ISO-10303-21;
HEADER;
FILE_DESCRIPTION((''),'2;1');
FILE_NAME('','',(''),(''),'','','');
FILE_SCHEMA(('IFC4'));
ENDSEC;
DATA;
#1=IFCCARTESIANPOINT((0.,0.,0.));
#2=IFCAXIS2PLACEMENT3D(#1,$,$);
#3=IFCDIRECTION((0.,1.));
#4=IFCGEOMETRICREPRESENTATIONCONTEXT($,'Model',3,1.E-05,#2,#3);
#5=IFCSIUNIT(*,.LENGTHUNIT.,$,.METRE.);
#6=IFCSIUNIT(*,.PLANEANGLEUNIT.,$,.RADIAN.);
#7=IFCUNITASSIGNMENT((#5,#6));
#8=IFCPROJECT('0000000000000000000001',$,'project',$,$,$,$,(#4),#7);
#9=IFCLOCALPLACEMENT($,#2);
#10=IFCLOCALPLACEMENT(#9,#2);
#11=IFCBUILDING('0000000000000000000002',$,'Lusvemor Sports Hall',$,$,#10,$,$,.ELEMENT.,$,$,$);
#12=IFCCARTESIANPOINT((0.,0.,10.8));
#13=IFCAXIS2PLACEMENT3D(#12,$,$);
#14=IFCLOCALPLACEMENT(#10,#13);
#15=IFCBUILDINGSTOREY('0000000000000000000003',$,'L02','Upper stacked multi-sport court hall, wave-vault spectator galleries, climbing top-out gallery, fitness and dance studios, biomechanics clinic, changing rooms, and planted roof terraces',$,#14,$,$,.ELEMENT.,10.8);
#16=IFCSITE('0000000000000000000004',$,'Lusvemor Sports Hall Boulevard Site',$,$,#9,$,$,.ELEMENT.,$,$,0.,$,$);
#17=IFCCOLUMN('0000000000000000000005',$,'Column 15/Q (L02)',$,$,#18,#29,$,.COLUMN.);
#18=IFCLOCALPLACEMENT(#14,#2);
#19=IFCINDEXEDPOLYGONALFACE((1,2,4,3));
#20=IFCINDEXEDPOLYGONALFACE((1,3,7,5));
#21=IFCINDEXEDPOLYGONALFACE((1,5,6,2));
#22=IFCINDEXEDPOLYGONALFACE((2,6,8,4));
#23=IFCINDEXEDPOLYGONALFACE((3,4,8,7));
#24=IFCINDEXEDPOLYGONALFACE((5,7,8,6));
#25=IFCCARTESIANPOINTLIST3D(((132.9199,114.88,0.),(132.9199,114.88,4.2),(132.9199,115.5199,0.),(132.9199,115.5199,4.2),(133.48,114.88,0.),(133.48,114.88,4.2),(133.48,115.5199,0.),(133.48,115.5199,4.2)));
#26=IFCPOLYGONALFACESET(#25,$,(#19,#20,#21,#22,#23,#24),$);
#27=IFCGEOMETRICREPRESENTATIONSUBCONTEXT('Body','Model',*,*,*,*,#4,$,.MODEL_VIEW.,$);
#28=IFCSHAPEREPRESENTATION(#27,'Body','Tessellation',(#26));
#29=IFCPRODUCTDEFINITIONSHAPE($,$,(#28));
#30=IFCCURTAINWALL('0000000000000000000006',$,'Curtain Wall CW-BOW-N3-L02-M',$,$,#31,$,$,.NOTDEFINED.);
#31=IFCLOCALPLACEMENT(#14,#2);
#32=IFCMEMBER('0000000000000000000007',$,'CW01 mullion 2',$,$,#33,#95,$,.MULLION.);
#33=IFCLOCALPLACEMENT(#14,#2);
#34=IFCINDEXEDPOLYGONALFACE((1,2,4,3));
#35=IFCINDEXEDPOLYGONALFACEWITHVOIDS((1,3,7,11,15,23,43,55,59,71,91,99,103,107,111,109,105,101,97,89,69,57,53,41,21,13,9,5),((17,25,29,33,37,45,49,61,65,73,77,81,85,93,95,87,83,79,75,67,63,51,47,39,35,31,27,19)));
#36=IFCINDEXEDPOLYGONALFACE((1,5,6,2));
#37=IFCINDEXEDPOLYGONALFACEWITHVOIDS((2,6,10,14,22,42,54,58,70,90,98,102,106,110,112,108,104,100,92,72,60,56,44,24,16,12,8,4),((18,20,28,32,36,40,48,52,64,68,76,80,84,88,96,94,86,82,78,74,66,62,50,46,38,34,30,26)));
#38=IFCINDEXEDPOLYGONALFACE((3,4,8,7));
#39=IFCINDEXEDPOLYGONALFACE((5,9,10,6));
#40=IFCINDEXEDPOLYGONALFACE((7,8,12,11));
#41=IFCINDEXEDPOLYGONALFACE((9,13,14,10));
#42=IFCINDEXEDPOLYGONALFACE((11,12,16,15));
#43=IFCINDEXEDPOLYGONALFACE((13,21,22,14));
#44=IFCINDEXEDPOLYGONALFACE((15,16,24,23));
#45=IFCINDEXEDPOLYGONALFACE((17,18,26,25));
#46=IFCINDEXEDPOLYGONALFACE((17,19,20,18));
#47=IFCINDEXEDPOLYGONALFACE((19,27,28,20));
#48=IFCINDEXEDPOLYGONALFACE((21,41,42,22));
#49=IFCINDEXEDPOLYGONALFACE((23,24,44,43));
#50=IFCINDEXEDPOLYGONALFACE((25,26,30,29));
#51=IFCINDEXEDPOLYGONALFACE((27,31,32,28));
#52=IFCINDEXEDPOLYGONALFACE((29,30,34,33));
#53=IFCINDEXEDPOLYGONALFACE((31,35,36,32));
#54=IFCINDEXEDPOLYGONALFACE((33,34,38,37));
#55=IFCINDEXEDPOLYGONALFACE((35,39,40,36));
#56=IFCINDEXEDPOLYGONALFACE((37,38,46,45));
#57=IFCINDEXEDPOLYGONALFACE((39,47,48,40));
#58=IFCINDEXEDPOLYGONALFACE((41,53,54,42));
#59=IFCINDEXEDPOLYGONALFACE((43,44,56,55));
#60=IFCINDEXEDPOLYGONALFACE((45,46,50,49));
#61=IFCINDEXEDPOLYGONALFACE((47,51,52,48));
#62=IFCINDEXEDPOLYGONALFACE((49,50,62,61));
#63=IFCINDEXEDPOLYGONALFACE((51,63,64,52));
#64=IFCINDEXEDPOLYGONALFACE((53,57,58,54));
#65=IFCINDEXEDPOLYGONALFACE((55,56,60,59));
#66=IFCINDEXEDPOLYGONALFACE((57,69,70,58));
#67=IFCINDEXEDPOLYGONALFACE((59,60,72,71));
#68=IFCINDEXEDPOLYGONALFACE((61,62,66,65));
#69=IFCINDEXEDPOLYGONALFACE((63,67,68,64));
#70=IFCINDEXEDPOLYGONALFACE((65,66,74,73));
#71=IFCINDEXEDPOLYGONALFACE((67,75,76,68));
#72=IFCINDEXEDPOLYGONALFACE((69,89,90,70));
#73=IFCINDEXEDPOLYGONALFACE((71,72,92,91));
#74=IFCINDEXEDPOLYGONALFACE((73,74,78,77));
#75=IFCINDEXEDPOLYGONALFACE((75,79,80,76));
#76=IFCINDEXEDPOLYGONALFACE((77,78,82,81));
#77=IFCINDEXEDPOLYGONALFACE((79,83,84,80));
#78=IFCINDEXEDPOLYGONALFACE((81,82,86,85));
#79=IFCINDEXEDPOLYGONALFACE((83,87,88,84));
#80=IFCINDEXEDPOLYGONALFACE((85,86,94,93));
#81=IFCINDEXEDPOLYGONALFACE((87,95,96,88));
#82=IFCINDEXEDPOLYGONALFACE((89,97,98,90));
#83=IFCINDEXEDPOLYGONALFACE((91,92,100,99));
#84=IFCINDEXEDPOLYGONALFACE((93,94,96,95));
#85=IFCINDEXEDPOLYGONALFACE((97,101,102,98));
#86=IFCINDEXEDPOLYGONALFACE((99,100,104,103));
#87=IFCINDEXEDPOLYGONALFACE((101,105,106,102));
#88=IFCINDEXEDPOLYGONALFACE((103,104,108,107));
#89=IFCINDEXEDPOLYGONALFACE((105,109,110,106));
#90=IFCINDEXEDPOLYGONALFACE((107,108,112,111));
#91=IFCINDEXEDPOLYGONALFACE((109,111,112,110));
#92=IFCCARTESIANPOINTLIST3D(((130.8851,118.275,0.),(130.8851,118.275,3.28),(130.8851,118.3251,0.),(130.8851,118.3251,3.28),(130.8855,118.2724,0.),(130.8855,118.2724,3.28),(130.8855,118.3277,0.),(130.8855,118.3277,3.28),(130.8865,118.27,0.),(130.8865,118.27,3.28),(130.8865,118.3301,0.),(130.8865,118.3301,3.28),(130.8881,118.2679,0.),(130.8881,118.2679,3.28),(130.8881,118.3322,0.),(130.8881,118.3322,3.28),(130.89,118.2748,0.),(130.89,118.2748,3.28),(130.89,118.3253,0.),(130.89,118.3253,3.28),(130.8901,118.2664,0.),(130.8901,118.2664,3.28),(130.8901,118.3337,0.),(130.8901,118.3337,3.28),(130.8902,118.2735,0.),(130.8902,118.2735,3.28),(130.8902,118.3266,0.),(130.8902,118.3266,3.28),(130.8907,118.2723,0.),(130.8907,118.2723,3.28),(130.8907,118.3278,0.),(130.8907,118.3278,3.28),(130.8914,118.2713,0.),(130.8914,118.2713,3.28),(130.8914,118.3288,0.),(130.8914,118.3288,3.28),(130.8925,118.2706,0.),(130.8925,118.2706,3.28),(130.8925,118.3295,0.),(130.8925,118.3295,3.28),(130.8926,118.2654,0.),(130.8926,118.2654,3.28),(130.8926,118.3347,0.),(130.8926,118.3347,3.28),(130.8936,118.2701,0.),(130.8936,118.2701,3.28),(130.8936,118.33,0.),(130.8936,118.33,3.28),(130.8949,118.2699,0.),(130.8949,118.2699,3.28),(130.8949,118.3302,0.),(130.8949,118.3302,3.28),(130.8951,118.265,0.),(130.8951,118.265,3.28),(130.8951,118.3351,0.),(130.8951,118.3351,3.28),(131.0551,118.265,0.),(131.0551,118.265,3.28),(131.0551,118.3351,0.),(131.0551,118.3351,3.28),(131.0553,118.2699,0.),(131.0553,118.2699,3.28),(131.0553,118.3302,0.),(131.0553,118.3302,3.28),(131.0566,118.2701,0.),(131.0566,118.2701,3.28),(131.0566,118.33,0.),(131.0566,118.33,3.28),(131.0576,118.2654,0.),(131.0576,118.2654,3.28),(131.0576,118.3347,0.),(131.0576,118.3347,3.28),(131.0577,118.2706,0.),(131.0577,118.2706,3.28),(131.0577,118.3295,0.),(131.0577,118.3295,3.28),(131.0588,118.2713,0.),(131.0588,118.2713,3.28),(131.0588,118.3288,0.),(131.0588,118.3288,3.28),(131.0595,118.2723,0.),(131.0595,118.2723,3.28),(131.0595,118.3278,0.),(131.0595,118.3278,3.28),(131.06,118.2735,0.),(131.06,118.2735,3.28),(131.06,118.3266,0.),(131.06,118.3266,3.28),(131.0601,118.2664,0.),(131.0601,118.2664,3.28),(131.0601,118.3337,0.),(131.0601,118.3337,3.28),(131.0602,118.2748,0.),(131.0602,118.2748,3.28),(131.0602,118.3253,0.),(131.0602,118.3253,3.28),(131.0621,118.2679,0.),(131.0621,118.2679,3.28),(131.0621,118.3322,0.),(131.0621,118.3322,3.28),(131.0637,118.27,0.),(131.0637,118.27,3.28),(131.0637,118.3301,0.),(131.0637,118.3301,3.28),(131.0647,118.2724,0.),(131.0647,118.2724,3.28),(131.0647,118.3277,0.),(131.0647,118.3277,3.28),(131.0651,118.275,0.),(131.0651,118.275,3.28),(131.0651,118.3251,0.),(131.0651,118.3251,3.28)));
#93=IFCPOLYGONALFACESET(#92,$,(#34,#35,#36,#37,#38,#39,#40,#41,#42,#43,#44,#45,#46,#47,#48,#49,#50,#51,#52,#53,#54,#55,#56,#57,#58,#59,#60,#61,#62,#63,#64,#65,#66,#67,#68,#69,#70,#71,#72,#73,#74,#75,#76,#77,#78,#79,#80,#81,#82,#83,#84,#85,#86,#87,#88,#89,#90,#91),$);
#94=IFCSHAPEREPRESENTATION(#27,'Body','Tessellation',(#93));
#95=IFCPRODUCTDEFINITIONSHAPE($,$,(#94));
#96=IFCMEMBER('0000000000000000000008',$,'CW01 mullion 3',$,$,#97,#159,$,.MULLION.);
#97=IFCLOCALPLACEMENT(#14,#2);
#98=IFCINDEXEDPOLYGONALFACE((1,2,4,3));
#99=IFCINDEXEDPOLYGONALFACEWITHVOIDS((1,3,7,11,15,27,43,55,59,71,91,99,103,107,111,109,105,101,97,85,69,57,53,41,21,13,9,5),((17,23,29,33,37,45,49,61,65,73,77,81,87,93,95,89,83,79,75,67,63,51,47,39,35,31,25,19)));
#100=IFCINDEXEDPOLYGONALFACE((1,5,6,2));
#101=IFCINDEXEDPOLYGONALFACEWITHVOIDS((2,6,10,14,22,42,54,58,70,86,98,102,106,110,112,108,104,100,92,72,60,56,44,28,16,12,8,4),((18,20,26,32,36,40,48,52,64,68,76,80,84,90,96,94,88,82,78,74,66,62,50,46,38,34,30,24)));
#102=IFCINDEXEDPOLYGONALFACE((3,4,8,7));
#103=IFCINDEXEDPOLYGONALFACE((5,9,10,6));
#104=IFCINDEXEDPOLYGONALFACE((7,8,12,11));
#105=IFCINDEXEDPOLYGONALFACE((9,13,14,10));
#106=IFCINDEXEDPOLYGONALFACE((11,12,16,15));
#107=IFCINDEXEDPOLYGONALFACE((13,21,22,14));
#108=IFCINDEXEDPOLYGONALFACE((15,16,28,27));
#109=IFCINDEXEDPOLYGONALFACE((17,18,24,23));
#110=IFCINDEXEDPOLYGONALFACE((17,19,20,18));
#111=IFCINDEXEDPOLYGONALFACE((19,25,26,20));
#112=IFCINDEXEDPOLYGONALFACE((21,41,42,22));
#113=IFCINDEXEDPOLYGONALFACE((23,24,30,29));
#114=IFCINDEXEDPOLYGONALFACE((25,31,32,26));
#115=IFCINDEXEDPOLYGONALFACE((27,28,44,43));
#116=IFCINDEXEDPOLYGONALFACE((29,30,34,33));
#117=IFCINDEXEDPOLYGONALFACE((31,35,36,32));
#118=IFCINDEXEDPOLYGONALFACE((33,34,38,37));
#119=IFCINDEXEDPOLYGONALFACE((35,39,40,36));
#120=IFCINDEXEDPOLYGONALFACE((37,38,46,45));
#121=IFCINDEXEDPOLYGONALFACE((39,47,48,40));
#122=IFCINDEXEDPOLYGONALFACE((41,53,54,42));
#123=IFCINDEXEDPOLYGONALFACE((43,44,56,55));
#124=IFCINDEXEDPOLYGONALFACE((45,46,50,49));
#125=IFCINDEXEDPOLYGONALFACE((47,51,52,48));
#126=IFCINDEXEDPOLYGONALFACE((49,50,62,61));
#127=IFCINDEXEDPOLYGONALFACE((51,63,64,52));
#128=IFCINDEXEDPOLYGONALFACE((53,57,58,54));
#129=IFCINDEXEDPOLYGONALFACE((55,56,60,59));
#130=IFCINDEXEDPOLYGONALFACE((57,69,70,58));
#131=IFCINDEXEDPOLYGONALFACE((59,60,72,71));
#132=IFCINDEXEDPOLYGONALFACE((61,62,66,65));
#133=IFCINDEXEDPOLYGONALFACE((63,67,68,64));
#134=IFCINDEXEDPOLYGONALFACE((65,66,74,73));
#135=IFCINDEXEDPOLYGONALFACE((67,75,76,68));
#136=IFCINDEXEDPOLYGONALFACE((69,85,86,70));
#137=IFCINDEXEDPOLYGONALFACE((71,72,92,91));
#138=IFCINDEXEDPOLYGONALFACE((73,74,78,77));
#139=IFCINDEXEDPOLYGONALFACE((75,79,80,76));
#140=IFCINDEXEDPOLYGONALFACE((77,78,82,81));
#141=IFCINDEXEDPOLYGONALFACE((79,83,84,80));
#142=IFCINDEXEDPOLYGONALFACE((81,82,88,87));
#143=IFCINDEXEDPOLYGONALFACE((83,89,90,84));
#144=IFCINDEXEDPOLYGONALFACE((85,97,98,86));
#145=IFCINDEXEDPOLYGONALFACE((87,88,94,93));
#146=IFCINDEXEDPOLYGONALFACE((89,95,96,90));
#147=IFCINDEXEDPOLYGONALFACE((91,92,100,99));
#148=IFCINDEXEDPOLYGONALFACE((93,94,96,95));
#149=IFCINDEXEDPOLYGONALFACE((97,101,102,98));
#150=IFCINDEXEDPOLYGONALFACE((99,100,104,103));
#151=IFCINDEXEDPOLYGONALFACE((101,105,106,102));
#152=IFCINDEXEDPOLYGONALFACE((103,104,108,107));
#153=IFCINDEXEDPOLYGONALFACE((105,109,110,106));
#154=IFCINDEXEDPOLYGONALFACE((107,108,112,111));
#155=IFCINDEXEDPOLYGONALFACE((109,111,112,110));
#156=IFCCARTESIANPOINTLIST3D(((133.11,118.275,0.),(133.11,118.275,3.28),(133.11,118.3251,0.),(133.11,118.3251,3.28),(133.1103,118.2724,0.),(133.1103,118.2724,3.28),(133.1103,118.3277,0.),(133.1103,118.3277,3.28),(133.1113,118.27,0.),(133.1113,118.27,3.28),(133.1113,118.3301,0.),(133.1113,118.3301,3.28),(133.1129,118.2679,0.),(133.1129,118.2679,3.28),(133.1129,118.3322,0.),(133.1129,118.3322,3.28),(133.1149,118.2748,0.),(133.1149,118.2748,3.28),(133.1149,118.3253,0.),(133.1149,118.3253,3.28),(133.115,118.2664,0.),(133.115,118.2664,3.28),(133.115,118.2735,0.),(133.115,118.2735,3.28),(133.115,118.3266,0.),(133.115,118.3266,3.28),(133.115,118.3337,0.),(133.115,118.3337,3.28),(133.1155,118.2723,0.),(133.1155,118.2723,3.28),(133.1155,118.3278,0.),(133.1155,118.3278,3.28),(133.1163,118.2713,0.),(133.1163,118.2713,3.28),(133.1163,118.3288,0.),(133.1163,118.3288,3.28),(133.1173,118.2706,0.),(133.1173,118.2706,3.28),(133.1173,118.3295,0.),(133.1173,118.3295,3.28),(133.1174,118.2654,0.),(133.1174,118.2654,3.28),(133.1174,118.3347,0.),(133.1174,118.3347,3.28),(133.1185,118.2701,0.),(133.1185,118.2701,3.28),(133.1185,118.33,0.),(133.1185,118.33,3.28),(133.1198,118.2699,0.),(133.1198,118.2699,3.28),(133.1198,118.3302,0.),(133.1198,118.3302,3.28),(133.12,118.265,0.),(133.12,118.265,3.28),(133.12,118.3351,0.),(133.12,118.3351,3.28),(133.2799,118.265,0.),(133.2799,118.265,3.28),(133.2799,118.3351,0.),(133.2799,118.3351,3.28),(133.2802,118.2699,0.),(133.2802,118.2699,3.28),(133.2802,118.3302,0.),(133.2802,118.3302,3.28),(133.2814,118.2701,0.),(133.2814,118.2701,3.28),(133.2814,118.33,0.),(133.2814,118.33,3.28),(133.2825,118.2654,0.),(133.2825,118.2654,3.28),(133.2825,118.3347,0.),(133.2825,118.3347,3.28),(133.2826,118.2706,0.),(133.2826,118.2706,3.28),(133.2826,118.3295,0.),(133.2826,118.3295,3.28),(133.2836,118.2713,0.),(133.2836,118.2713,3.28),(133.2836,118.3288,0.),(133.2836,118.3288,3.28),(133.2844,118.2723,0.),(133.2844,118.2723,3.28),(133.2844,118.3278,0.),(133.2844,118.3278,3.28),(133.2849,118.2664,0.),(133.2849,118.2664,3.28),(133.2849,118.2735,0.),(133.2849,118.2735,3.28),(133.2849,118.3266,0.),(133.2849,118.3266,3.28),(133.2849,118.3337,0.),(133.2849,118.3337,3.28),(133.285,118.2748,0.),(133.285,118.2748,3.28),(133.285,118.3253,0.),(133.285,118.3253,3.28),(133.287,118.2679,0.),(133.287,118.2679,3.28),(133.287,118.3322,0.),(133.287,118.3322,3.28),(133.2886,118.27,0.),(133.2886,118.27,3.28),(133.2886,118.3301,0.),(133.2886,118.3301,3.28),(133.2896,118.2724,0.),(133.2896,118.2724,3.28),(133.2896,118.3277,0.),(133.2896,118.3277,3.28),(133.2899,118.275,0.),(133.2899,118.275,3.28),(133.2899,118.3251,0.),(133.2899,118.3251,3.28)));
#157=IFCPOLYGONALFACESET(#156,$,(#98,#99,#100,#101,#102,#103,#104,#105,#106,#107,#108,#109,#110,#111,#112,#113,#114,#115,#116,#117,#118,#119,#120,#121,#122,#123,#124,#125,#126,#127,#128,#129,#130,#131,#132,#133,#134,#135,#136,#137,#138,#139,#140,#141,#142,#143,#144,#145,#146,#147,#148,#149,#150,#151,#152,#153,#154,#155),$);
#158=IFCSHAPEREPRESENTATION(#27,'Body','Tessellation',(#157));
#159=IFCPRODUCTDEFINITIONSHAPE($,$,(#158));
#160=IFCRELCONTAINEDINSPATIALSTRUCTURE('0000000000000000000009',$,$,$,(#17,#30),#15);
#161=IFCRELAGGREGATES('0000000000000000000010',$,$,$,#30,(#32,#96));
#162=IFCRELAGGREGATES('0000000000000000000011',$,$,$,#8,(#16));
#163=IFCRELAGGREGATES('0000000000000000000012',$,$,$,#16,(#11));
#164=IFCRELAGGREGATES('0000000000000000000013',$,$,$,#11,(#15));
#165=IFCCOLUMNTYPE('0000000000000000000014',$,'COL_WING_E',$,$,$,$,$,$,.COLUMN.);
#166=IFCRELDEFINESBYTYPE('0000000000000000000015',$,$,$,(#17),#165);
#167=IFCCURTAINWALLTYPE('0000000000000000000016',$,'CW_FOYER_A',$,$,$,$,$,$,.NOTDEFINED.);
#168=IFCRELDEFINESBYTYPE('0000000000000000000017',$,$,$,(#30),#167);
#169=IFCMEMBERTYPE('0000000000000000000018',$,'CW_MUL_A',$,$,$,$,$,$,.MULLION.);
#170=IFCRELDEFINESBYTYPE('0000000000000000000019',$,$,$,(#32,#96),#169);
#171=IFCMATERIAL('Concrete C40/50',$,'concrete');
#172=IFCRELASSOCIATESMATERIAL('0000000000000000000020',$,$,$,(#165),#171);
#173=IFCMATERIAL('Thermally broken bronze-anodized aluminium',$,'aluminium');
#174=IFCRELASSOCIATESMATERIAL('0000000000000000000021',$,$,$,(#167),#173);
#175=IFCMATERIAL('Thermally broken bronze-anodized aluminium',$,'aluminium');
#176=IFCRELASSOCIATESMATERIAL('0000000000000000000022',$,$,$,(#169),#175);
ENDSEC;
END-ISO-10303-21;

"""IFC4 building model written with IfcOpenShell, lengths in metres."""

from ifc_helpers import new_model, si_unit, direction, frame, origin, origin_2d, place, context, subcontext, project, spatial, rectangle, hollow_rectangle, extrude, material, material_profile, profile_set, type_object, element, aggregate, save


model = new_model("IFC4")

# Units and contexts
model_context = context("Model", 3, precision=1e-05, world=origin(), true_north=direction((0.0, 1.0)))
body_context = subcontext(model_context, "Body", "Model", "MODEL_VIEW")
ifc_project = project(units=[si_unit("LENGTHUNIT", "METRE"), si_unit("PLANEANGLEUNIT", "RADIAN")], contexts=[model_context])

# Site, building, storey
site_placement = place(None, origin())
site = spatial("IfcSite", under=ifc_project, at=site_placement, Name="Lusvemor Sports Hall Boulevard Site", CompositionType="ELEMENT", RefElevation=0.0)
building_placement = place(site_placement, origin())
building = spatial("IfcBuilding", under=site, at=building_placement, Name="Lusvemor Sports Hall", CompositionType="ELEMENT")
storey_placement = place(building_placement, frame((0.0, 0.0, 10.8)))
storey = spatial("IfcBuildingStorey", under=building, at=storey_placement, Name="L02", Description="Upper stacked multi-sport court hall, wave-vault spectator galleries, climbing top-out gallery, fitness and dance studios, biomechanics clinic, changing rooms, and planted roof terraces", CompositionType="ELEMENT", Elevation=10.8)

# Column
ifc_material_1 = material(Name="Concrete C40/50", Category="concrete")
ifc_material_profile_1 = material_profile(ifc_material_1, rectangle(XDim=0.5601, YDim=0.6399, at=origin_2d()), Name="RC560x640")
ifc_profile_set_1 = profile_set([ifc_material_profile_1], Name="Concrete C40/50")
column_type = type_object("IfcColumnType", Name="COL_WING_E", PredefinedType="COLUMN", material=ifc_profile_set_1)
column_placement = place(storey_placement, frame((133.2, 115.2, 0.0), z_axis=(0.0, 0.0, 1.0), x_axis=(1.0, 0.0, 0.0)))
element("IfcColumn", 1, at=column_placement, inside=storey, type_object=column_type, Name="Column 15/Q (L02)", PredefinedType="COLUMN", context=body_context, shape_type="SweptSolid", body=[
    extrude(rectangle(XDim=0.5601, YDim=0.6399, at=origin_2d()), origin(), (0.0, 0.0, 1.0), 4.2),
])

# Curtain wall, members
ifc_material_2 = material(Name="Thermally broken bronze-anodized aluminium", Category="aluminium")
curtain_wall_type_1 = type_object("IfcCurtainWallType", Name="CW_FOYER_A", PredefinedType="NOTDEFINED", material=ifc_material_2)
curtain_wall_1_placement = place(storey_placement, origin())
curtain_wall_1 = element("IfcCurtainWall", 2, at=curtain_wall_1_placement, inside=storey, type_object=curtain_wall_type_1, Name="Curtain Wall CW-BOW-N3-L02-M", PredefinedType="NOTDEFINED")
ifc_material_3 = material(Name="Thermally broken bronze-anodized aluminium", Category="aluminium")
ifc_material_profile_2 = material_profile(ifc_material_3, hollow_rectangle(XDim=0.0701, YDim=0.1799, WallThickness=0.0049, InnerFilletRadius=0.0049, OuterFilletRadius=0.01, at=origin_2d()), Name="CWMUL180x70x5")
ifc_profile_set_2 = profile_set([ifc_material_profile_2], Name="Thermally broken bronze-anodized aluminium")
member_type_1 = type_object("IfcMemberType", Name="CW_MUL_A", PredefinedType="MULLION", material=ifc_profile_set_2)
member_1_placement = place(storey_placement, frame((130.9751, 118.3, 0.0), z_axis=(0.0, 0.0, 1.0), x_axis=(0.0, 1.0, 0.0)))
member_1 = element("IfcMember", 3, at=member_1_placement, type_object=member_type_1, Name="CW01 mullion 2", PredefinedType="MULLION", context=body_context, shape_type="SweptSolid", body=[
    extrude(hollow_rectangle(XDim=0.0701, YDim=0.1799, WallThickness=0.0049, InnerFilletRadius=0.0049, OuterFilletRadius=0.01, at=origin_2d()), origin(), (0.0, 0.0, 1.0), 3.28),
])
member_2_placement = place(storey_placement, frame((133.2, 118.3, 0.0), z_axis=(0.0, 0.0, 1.0), x_axis=(0.0, 1.0, 0.0)))
member_2 = element("IfcMember", 4, at=member_2_placement, type_object=member_type_1, Name="CW01 mullion 3", PredefinedType="MULLION", context=body_context, shape_type="SweptSolid", body=[
    extrude(hollow_rectangle(XDim=0.0701, YDim=0.1799, WallThickness=0.0049, InnerFilletRadius=0.0049, OuterFilletRadius=0.01, at=origin_2d()), origin(), (0.0, 0.0, 1.0), 3.28),
])

aggregate(curtain_wall_1, [member_1, member_2])

save(model, "model.ifc")
